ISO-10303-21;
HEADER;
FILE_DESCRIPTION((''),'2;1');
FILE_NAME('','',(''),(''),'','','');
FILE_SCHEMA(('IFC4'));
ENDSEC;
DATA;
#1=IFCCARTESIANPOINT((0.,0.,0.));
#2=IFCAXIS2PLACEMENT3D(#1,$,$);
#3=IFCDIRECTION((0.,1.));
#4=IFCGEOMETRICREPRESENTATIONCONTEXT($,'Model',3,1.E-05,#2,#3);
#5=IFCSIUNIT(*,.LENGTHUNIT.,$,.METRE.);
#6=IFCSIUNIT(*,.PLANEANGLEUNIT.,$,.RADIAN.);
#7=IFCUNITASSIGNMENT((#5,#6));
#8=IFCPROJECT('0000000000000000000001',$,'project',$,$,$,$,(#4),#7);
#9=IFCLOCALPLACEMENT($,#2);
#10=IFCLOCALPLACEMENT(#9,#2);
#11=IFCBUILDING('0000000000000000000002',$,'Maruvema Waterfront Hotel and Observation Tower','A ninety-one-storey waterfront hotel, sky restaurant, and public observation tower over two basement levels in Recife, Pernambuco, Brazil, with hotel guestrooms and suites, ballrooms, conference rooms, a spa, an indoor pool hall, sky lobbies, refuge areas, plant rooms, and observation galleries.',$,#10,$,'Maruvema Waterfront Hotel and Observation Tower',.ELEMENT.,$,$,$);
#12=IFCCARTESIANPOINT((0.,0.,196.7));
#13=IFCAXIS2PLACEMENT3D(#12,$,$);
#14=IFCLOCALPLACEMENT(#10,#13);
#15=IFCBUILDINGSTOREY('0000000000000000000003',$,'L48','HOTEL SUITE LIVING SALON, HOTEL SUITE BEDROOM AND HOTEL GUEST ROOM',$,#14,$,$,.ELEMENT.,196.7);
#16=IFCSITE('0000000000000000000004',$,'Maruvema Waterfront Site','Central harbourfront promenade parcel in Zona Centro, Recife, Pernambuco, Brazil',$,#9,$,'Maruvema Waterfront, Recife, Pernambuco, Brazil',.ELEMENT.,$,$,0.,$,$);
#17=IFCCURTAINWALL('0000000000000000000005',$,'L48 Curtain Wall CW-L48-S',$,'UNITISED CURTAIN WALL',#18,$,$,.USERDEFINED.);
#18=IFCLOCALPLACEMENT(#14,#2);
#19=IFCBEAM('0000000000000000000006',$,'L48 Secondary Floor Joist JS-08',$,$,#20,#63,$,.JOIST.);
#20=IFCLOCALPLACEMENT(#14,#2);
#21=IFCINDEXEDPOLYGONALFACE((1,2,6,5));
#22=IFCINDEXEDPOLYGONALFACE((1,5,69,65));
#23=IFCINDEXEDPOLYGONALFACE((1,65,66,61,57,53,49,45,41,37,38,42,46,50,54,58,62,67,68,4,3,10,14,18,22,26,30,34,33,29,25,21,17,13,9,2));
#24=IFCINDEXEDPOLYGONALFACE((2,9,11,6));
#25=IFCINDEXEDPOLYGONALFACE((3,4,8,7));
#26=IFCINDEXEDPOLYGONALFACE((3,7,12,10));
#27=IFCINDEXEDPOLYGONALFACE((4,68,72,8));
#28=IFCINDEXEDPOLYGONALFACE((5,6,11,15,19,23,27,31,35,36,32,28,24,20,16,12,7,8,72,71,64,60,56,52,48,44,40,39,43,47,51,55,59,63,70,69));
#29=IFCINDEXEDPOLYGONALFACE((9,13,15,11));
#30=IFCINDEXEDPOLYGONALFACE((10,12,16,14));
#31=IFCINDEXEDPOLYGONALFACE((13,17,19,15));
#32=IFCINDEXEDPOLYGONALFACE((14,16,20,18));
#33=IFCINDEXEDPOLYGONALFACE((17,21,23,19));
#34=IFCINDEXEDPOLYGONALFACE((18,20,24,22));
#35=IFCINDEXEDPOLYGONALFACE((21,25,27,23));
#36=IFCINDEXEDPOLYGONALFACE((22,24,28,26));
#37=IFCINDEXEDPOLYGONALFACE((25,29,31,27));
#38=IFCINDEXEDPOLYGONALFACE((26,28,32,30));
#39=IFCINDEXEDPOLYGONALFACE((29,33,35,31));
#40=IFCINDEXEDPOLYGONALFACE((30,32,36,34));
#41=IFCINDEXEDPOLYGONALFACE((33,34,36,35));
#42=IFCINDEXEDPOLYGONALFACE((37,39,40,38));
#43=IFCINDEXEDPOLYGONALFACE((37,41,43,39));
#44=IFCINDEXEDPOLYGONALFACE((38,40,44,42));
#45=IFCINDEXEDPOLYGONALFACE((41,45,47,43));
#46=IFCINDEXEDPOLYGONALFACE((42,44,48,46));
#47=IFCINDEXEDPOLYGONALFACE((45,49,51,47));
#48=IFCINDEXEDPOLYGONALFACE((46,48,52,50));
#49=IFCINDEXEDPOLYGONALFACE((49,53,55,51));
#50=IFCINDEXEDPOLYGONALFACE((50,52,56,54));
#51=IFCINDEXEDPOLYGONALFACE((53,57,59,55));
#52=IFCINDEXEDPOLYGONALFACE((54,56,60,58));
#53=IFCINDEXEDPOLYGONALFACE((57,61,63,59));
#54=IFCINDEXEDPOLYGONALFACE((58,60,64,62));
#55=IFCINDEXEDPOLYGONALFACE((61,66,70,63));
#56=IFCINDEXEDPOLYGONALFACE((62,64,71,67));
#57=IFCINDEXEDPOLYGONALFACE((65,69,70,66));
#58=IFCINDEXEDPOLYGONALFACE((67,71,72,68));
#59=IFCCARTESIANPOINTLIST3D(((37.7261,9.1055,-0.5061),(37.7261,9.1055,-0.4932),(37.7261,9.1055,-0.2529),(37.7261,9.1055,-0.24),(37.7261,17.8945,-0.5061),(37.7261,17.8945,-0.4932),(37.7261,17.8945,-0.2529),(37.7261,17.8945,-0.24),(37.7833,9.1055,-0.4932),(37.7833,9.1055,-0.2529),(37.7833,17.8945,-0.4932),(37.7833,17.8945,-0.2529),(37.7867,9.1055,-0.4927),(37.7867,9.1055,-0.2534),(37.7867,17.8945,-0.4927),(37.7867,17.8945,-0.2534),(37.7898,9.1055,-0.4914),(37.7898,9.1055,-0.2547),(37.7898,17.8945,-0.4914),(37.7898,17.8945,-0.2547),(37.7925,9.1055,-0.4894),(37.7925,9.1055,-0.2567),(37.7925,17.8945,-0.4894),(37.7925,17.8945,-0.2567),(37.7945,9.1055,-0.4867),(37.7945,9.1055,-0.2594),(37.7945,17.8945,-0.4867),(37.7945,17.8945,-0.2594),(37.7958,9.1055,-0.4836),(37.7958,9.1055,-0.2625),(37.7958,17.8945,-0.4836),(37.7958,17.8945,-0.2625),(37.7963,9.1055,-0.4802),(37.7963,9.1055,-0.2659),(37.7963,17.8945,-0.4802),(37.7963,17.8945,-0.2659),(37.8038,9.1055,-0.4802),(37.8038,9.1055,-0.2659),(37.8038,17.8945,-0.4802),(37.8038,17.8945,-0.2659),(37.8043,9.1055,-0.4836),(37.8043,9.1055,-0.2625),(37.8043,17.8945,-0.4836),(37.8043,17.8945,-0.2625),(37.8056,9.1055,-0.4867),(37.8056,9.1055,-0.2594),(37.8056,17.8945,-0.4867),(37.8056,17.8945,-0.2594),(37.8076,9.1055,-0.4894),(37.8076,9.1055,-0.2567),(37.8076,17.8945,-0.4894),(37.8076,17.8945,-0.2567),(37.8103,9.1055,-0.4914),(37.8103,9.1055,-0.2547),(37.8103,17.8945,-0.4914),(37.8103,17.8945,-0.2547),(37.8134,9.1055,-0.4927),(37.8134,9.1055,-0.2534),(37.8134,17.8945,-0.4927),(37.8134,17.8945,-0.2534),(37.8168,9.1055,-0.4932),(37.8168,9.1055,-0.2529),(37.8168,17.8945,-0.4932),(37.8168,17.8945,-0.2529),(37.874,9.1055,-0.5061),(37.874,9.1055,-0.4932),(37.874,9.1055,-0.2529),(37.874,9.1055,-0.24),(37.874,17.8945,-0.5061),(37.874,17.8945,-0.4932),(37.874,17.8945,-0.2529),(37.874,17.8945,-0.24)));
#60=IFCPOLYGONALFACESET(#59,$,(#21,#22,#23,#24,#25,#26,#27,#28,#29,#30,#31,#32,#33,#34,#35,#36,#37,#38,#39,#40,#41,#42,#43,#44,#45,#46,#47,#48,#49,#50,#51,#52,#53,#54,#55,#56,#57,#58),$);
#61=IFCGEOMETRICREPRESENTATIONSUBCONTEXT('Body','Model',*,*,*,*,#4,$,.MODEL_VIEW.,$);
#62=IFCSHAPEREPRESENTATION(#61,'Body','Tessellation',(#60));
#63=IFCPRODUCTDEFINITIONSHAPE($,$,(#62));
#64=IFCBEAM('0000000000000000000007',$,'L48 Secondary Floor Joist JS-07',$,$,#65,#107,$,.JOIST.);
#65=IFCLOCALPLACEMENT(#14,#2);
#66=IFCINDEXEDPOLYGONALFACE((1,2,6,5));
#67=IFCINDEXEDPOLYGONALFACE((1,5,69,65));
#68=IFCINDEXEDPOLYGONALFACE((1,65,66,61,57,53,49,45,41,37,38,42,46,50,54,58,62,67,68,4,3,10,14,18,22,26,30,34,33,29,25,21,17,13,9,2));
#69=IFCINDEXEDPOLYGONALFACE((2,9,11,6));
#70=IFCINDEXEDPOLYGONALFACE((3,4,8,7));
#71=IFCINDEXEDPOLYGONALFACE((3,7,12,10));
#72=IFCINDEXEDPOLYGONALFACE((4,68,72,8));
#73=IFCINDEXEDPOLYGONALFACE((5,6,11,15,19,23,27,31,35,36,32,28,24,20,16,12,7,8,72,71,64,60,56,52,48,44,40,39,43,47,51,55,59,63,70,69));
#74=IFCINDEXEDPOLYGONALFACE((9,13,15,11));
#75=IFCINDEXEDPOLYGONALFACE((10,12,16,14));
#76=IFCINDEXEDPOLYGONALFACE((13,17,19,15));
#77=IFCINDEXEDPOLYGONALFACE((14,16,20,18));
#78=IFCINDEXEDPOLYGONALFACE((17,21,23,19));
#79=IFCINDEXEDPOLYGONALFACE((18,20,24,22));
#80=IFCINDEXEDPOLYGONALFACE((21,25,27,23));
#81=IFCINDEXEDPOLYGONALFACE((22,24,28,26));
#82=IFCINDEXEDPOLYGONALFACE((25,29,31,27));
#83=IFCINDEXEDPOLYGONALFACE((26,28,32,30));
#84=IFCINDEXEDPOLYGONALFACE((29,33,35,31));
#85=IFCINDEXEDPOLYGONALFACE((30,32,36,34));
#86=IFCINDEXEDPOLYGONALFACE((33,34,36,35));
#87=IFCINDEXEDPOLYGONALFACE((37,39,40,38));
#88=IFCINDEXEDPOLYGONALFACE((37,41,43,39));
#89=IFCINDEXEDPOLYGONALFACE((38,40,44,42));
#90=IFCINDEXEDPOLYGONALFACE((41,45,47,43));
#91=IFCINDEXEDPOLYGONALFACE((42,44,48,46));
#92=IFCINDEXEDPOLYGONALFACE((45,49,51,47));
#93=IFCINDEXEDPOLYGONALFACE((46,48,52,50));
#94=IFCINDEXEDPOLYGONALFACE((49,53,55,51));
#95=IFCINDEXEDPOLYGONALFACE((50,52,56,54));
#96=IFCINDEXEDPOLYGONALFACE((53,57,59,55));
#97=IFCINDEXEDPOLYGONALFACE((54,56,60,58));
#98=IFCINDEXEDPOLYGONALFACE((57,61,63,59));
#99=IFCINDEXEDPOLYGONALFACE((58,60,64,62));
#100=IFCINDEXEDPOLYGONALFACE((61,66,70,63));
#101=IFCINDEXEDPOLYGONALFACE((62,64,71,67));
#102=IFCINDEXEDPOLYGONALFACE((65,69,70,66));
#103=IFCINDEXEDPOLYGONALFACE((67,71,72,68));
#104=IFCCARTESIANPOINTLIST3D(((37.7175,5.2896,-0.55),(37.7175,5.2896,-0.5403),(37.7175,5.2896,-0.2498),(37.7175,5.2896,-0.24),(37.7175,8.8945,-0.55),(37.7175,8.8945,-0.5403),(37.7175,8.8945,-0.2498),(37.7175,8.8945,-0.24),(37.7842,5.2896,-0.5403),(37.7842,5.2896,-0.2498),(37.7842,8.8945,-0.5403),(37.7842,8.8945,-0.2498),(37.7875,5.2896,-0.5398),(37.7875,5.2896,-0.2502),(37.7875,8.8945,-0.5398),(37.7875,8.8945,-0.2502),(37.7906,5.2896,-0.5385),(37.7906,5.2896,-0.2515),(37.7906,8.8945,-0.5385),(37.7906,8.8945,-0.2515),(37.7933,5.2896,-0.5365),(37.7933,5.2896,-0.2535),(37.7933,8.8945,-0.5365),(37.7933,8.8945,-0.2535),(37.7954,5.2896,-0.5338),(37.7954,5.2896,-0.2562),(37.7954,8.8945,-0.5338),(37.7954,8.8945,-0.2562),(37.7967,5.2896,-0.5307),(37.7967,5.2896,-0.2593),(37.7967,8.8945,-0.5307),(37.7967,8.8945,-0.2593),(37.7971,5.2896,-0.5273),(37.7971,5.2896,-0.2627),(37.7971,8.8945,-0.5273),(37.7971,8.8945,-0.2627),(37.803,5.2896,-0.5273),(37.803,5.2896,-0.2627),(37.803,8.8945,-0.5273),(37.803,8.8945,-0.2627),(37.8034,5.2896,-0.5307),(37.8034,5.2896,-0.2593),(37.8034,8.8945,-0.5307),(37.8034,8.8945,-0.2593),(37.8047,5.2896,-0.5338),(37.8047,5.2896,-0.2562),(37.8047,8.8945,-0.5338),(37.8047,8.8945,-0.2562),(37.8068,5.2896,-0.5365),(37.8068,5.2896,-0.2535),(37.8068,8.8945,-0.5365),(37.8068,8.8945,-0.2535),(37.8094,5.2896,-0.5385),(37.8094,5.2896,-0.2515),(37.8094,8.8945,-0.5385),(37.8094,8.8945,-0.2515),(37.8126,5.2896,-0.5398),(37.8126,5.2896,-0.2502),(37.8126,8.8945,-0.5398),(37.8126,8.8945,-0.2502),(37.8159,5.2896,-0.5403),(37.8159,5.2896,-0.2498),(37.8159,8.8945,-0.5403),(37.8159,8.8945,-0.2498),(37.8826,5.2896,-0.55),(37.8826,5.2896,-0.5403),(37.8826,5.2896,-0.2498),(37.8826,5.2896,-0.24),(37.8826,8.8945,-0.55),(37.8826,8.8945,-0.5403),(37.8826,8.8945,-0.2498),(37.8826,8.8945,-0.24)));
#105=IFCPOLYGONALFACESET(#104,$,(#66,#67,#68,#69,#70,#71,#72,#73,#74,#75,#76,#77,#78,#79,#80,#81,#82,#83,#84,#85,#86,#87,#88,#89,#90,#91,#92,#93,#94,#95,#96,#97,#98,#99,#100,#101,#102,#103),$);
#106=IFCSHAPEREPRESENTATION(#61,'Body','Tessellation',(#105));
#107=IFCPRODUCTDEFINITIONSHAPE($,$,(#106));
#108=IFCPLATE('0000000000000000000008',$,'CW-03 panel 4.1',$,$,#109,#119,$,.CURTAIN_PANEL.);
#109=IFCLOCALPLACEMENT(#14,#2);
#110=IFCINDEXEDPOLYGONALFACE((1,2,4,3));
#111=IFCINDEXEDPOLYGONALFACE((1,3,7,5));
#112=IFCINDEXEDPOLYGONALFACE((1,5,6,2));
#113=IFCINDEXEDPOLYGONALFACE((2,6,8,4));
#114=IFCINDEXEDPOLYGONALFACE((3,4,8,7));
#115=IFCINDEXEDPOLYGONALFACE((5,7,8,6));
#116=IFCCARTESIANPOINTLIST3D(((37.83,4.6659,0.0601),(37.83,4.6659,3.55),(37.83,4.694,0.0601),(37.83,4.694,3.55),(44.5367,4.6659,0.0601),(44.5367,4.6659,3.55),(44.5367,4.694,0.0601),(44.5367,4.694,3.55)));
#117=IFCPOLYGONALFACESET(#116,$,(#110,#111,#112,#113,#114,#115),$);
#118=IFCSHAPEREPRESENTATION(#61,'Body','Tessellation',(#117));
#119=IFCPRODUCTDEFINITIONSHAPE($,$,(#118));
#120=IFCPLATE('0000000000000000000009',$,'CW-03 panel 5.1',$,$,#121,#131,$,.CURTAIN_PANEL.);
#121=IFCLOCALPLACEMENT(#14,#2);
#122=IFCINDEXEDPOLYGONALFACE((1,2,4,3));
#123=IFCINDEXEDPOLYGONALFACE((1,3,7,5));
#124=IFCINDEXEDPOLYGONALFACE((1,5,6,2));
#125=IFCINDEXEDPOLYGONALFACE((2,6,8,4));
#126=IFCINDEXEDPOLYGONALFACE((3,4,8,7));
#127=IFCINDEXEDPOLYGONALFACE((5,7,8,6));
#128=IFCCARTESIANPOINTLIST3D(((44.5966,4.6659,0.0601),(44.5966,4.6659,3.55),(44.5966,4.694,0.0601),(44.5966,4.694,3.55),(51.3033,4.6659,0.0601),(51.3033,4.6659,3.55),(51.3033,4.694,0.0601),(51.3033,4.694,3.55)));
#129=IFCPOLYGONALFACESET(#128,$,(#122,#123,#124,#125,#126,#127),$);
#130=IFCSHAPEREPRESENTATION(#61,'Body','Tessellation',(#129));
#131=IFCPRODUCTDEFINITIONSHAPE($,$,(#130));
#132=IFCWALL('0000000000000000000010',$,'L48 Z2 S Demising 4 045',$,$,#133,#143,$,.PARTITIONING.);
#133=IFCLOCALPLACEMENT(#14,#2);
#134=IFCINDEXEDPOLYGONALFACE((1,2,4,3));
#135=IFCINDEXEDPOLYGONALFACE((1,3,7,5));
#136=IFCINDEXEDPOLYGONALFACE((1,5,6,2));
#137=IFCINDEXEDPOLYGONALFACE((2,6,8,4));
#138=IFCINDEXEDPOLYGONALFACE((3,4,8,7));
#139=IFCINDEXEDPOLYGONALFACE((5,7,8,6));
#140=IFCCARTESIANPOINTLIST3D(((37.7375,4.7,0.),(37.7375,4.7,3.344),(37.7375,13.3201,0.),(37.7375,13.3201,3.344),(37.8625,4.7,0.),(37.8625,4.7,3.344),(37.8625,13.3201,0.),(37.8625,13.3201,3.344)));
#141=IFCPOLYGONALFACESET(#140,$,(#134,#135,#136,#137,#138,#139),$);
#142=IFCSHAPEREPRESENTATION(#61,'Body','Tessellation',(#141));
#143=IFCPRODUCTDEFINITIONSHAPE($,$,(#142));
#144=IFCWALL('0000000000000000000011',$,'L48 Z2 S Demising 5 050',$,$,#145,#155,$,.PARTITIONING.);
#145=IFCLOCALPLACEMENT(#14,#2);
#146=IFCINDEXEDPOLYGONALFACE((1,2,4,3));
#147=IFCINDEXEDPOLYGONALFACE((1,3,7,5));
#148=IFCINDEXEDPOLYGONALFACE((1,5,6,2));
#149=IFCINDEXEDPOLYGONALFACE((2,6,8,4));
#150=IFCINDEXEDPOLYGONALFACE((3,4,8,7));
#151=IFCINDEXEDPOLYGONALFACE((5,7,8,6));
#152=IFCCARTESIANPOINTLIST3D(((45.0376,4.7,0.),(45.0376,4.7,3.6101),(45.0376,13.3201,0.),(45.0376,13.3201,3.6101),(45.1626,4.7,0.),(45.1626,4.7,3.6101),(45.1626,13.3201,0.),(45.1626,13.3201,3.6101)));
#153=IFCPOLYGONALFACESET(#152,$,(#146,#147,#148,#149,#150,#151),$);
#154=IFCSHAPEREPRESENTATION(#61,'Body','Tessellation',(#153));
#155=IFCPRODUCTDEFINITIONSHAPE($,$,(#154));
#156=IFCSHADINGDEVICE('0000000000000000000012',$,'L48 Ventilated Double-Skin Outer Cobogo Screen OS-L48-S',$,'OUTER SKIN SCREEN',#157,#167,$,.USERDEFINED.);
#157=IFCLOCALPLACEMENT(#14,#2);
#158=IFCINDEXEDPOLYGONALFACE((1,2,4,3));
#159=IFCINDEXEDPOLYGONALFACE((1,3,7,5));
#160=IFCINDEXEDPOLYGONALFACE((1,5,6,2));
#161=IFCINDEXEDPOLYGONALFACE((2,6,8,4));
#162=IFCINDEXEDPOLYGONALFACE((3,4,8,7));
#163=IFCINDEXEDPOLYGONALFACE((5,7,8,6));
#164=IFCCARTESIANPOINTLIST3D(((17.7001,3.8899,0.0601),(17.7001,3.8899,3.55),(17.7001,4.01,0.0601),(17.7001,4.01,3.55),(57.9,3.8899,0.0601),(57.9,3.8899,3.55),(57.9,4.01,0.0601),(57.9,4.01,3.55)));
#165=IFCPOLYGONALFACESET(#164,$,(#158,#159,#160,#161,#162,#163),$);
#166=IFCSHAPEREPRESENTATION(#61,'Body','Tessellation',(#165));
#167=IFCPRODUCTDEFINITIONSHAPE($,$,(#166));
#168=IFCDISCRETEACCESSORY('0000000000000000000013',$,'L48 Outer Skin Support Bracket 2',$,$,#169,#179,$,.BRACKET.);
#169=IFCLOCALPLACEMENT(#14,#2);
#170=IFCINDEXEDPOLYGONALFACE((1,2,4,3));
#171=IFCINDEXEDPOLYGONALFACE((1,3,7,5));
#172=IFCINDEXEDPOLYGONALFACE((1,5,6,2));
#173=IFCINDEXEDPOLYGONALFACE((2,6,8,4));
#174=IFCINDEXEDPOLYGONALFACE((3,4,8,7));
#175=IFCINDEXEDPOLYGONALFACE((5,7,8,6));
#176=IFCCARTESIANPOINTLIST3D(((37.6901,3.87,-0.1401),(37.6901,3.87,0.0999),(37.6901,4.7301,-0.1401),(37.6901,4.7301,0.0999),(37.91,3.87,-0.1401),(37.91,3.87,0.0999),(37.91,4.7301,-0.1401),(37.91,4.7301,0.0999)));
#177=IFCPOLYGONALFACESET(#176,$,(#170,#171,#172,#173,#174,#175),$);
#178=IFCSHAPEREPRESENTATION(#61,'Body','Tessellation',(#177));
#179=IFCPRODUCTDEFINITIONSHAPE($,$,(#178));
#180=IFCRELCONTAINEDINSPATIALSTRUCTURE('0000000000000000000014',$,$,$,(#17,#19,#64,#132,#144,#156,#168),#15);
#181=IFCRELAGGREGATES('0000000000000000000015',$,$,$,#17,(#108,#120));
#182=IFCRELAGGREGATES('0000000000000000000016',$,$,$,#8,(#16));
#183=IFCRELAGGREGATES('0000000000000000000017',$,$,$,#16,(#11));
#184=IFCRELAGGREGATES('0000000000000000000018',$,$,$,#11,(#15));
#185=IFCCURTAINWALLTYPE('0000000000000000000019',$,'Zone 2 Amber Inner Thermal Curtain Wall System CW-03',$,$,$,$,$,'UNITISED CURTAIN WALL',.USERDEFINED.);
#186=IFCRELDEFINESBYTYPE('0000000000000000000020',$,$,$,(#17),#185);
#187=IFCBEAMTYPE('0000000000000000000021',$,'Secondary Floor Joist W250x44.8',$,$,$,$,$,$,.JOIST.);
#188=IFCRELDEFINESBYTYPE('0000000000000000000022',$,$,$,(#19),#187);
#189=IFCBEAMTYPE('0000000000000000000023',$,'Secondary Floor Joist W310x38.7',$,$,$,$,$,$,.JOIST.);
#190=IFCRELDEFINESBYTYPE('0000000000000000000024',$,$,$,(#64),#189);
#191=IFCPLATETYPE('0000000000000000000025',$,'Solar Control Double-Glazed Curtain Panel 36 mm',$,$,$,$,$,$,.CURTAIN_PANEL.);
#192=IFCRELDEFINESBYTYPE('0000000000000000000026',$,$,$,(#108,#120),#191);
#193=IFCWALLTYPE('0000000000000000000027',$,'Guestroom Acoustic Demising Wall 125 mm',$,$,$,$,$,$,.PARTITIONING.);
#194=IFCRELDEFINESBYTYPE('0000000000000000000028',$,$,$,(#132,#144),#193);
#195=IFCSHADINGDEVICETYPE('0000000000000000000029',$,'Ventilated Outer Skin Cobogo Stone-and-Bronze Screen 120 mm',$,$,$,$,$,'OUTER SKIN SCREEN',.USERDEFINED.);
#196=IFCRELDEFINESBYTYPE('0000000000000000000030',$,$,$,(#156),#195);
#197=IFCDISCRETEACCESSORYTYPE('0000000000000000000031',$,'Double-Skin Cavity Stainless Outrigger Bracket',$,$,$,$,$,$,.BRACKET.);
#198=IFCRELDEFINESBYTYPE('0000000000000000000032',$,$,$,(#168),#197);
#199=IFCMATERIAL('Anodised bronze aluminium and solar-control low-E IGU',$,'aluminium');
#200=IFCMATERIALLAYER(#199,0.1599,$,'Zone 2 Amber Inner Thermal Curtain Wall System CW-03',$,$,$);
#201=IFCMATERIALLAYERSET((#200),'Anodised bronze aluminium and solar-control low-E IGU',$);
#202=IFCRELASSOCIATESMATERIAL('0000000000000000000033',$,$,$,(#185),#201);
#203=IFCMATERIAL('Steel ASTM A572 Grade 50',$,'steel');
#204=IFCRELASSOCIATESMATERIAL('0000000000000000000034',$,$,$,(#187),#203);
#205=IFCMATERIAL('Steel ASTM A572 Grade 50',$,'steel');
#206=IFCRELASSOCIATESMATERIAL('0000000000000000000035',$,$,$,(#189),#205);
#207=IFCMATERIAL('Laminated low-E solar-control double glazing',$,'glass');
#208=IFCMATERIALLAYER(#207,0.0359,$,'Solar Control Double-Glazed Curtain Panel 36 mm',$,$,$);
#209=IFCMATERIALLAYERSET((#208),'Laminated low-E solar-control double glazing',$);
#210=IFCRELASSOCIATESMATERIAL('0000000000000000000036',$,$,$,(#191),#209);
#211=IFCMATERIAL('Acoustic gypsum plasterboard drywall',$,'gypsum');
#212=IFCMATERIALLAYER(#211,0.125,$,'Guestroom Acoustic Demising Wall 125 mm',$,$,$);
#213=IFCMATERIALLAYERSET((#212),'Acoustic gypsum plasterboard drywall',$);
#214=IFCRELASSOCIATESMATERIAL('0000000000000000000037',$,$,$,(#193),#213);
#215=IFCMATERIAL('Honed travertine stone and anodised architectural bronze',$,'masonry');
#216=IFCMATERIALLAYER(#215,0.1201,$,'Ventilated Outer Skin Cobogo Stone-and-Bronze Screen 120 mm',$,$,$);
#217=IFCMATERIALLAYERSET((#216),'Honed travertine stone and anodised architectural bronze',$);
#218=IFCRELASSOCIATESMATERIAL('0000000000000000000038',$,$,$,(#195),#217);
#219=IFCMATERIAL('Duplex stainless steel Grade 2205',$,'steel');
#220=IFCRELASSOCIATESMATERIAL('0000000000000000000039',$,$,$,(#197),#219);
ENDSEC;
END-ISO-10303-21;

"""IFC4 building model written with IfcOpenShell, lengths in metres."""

from ifc_helpers import new_model, si_unit, direction, frame, frame_2d, origin, origin_2d, place, context, subcontext, project, spatial, rectangle, i_section, extrude, material, layer, layer_set, material_profile, profile_set, type_object, element, aggregate, save


model = new_model("IFC4")

# Units and contexts
model_context = context("Model", 3, precision=1e-05, world=origin(), true_north=direction((0.0, 1.0)))
body_context = subcontext(model_context, "Body", "Model", "MODEL_VIEW")
ifc_project = project(units=[si_unit("LENGTHUNIT", "METRE"), si_unit("PLANEANGLEUNIT", "RADIAN")], contexts=[model_context])

# Site, building, storey
site_placement = place(None, origin())
site = spatial("IfcSite", under=ifc_project, at=site_placement, Name="Maruvema Waterfront Site", Description="Central harbourfront promenade parcel in Zona Centro, Recife, Pernambuco, Brazil", LongName="Maruvema Waterfront, Recife, Pernambuco, Brazil", CompositionType="ELEMENT", RefElevation=0.0)
building_placement = place(site_placement, origin())
building = spatial("IfcBuilding", under=site, at=building_placement, Name="Maruvema Waterfront Hotel and Observation Tower", Description="A ninety-one-storey waterfront hotel, sky restaurant, and public observation tower over two basement levels in Recife, Pernambuco, Brazil, with hotel guestrooms and suites, ballrooms, conference rooms, a spa, an indoor pool hall, sky lobbies, refuge areas, plant rooms, and observation galleries.", LongName="Maruvema Waterfront Hotel and Observation Tower", CompositionType="ELEMENT")
storey_placement = place(building_placement, frame((0.0, 0.0, 196.7)))
storey = spatial("IfcBuildingStorey", under=building, at=storey_placement, Name="L48", Description="HOTEL SUITE LIVING SALON, HOTEL SUITE BEDROOM AND HOTEL GUEST ROOM", CompositionType="ELEMENT", Elevation=196.7)

# Curtain wall
ifc_material_1 = material(Name="Anodised bronze aluminium and solar-control low-E IGU", Category="aluminium")
ifc_layer_1 = layer(ifc_material_1, 0.1599, Name="Zone 2 Amber Inner Thermal Curtain Wall System CW-03")
ifc_layer_set_1 = layer_set([ifc_layer_1], Name="Anodised bronze aluminium and solar-control low-E IGU")
curtain_wall_type = type_object("IfcCurtainWallType", Name="Zone 2 Amber Inner Thermal Curtain Wall System CW-03", ElementType="UNITISED CURTAIN WALL", PredefinedType="USERDEFINED", material=ifc_layer_set_1)
curtain_wall_placement = place(storey_placement, origin())
curtain_wall = element("IfcCurtainWall", 1, at=curtain_wall_placement, inside=storey, type_object=curtain_wall_type, Name="L48 Curtain Wall CW-L48-S", ObjectType="UNITISED CURTAIN WALL", PredefinedType="USERDEFINED")

# Beams
ifc_material_2 = material(Name="Steel ASTM A572 Grade 50", Category="steel")
ifc_material_profile_1 = material_profile(ifc_material_2, i_section(OverallWidth=0.1479, OverallDepth=0.2661, WebThickness=0.0076, FlangeThickness=0.0129, FilletRadius=0.0129, at=origin_2d()), Name="W250x44.8")
ifc_profile_set_1 = profile_set([ifc_material_profile_1], Name="Steel ASTM A572 Grade 50")
beam_type_1 = type_object("IfcBeamType", Name="Secondary Floor Joist W250x44.8", PredefinedType="JOIST", material=ifc_profile_set_1)
beam_1_placement = place(storey_placement, frame((37.8, 9.1055, -0.373), z_axis=(0.0, 1.0, 0.0), x_axis=(-1.0, 0.0, 0.0)))
element("IfcBeam", 2, at=beam_1_placement, inside=storey, type_object=beam_type_1, Name="L48 Secondary Floor Joist JS-08", PredefinedType="JOIST", context=body_context, shape_type="SweptSolid", body=[
    extrude(i_section(OverallWidth=0.1479, OverallDepth=0.2661, WebThickness=0.0076, FlangeThickness=0.0129, FilletRadius=0.0129, at=origin_2d()), origin(), (0.0, 0.0, 1.0), 8.7891),
])
ifc_material_3 = material(Name="Steel ASTM A572 Grade 50", Category="steel")
ifc_material_profile_2 = material_profile(ifc_material_3, i_section(OverallWidth=0.165, OverallDepth=0.3101, WebThickness=0.0059, FlangeThickness=0.0098, FilletRadius=0.0129, at=origin_2d()), Name="W310x38.7")
ifc_profile_set_2 = profile_set([ifc_material_profile_2], Name="Steel ASTM A572 Grade 50")
beam_type_2 = type_object("IfcBeamType", Name="Secondary Floor Joist W310x38.7", PredefinedType="JOIST", material=ifc_profile_set_2)
beam_2_placement = place(storey_placement, frame((37.8, 5.2896, -0.395), z_axis=(0.0, 1.0, 0.0), x_axis=(-1.0, 0.0, 0.0)))
element("IfcBeam", 3, at=beam_2_placement, inside=storey, type_object=beam_type_2, Name="L48 Secondary Floor Joist JS-07", PredefinedType="JOIST", context=body_context, shape_type="SweptSolid", body=[
    extrude(i_section(OverallWidth=0.165, OverallDepth=0.3101, WebThickness=0.0059, FlangeThickness=0.0098, FilletRadius=0.0129, at=origin_2d()), origin(), (0.0, 0.0, 1.0), 3.605),
])

# Plates
ifc_material_4 = material(Name="Laminated low-E solar-control double glazing", Category="glass")
ifc_layer_2 = layer(ifc_material_4, 0.0359, Name="Solar Control Double-Glazed Curtain Panel 36 mm")
ifc_layer_set_2 = layer_set([ifc_layer_2], Name="Laminated low-E solar-control double glazing")
plate_type = type_object("IfcPlateType", Name="Solar Control Double-Glazed Curtain Panel 36 mm", PredefinedType="CURTAIN_PANEL", material=ifc_layer_set_2)
plate_1_placement = place(storey_placement, frame((41.1833, 4.6799, 0.0601), z_axis=(0.0, 0.0, 1.0), x_axis=(1.0, 0.0, 0.0)))
plate_1 = element("IfcPlate", 4, at=plate_1_placement, type_object=plate_type, Name="CW-03 panel 4.1", PredefinedType="CURTAIN_PANEL", context=body_context, shape_type="SweptSolid", body=[
    extrude(rectangle(XDim=6.7068, YDim=0.0281, at=origin_2d()), origin(), (0.0, 0.0, 1.0), 3.49),
])
plate_2_placement = place(storey_placement, frame((47.95, 4.6799, 0.0601), z_axis=(0.0, 0.0, 1.0), x_axis=(1.0, 0.0, 0.0)))
plate_2 = element("IfcPlate", 5, at=plate_2_placement, type_object=plate_type, Name="CW-03 panel 5.1", PredefinedType="CURTAIN_PANEL", context=body_context, shape_type="SweptSolid", body=[
    extrude(rectangle(XDim=6.7068, YDim=0.0281, at=origin_2d()), origin(), (0.0, 0.0, 1.0), 3.49),
])
aggregate(curtain_wall, [plate_1, plate_2])

# Walls
ifc_material_5 = material(Name="Acoustic gypsum plasterboard drywall", Category="gypsum")
ifc_layer_3 = layer(ifc_material_5, 0.125, Name="Guestroom Acoustic Demising Wall 125 mm")
ifc_layer_set_3 = layer_set([ifc_layer_3], Name="Acoustic gypsum plasterboard drywall")
wall_type = type_object("IfcWallType", Name="Guestroom Acoustic Demising Wall 125 mm", PredefinedType="PARTITIONING", material=ifc_layer_set_3)
wall_1_placement = place(storey_placement, frame((37.8, 4.7, 0.0), z_axis=(0.0, 0.0, 1.0), x_axis=(0.0, 1.0, 0.0)))
element("IfcWall", 6, at=wall_1_placement, inside=storey, type_object=wall_type, Name="L48 Z2 S Demising 4 045", PredefinedType="PARTITIONING", context=body_context, shape_type="SweptSolid", body=[
    extrude(rectangle(XDim=8.6201, YDim=0.125, at=frame_2d((4.3101, 0.0))), origin(), (0.0, 0.0, 1.0), 3.344),
])
wall_2_placement = place(storey_placement, frame((45.1001, 4.7, 0.0), z_axis=(0.0, 0.0, 1.0), x_axis=(0.0, 1.0, 0.0)))
element("IfcWall", 7, at=wall_2_placement, inside=storey, type_object=wall_type, Name="L48 Z2 S Demising 5 050", PredefinedType="PARTITIONING", context=body_context, shape_type="SweptSolid", body=[
    extrude(rectangle(XDim=8.6201, YDim=0.125, at=frame_2d((4.3101, 0.0))), origin(), (0.0, 0.0, 1.0), 3.6101),
])

# Shading device
ifc_material_6 = material(Name="Honed travertine stone and anodised architectural bronze", Category="masonry")
ifc_layer_4 = layer(ifc_material_6, 0.1201, Name="Ventilated Outer Skin Cobogo Stone-and-Bronze Screen 120 mm")
ifc_layer_set_4 = layer_set([ifc_layer_4], Name="Honed travertine stone and anodised architectural bronze")
shading_device_type = type_object("IfcShadingDeviceType", Name="Ventilated Outer Skin Cobogo Stone-and-Bronze Screen 120 mm", ElementType="OUTER SKIN SCREEN", PredefinedType="USERDEFINED", material=ifc_layer_set_4)
shading_device_placement = place(storey_placement, frame((37.8, 3.95, 0.0601), z_axis=(0.0, 0.0, 1.0), x_axis=(1.0, 0.0, 0.0)))
element("IfcShadingDevice", 8, at=shading_device_placement, inside=storey, type_object=shading_device_type, Name="L48 Ventilated Double-Skin Outer Cobogo Screen OS-L48-S", ObjectType="OUTER SKIN SCREEN", PredefinedType="USERDEFINED", context=body_context, shape_type="SweptSolid", body=[
    extrude(rectangle(XDim=40.2, YDim=0.1201, at=origin_2d()), origin(), (0.0, 0.0, 1.0), 3.49),
])

# Discrete accessory
ifc_material_7 = material(Name="Duplex stainless steel Grade 2205", Category="steel")
discrete_accessory_type = type_object("IfcDiscreteAccessoryType", Name="Double-Skin Cavity Stainless Outrigger Bracket", PredefinedType="BRACKET", material=ifc_material_7)
discrete_accessory_placement = place(storey_placement, frame((37.8, 4.3, -0.1401), z_axis=(0.0, 0.0, 1.0), x_axis=(1.0, 0.0, 0.0)))
element("IfcDiscreteAccessory", 9, at=discrete_accessory_placement, inside=storey, type_object=discrete_accessory_type, Name="L48 Outer Skin Support Bracket 2", PredefinedType="BRACKET", context=body_context, shape_type="SweptSolid", body=[
    extrude(rectangle(XDim=0.22, YDim=0.8601, at=origin_2d()), origin(), (0.0, 0.0, 1.0), 0.24),
])

save(model, "model.ifc")
